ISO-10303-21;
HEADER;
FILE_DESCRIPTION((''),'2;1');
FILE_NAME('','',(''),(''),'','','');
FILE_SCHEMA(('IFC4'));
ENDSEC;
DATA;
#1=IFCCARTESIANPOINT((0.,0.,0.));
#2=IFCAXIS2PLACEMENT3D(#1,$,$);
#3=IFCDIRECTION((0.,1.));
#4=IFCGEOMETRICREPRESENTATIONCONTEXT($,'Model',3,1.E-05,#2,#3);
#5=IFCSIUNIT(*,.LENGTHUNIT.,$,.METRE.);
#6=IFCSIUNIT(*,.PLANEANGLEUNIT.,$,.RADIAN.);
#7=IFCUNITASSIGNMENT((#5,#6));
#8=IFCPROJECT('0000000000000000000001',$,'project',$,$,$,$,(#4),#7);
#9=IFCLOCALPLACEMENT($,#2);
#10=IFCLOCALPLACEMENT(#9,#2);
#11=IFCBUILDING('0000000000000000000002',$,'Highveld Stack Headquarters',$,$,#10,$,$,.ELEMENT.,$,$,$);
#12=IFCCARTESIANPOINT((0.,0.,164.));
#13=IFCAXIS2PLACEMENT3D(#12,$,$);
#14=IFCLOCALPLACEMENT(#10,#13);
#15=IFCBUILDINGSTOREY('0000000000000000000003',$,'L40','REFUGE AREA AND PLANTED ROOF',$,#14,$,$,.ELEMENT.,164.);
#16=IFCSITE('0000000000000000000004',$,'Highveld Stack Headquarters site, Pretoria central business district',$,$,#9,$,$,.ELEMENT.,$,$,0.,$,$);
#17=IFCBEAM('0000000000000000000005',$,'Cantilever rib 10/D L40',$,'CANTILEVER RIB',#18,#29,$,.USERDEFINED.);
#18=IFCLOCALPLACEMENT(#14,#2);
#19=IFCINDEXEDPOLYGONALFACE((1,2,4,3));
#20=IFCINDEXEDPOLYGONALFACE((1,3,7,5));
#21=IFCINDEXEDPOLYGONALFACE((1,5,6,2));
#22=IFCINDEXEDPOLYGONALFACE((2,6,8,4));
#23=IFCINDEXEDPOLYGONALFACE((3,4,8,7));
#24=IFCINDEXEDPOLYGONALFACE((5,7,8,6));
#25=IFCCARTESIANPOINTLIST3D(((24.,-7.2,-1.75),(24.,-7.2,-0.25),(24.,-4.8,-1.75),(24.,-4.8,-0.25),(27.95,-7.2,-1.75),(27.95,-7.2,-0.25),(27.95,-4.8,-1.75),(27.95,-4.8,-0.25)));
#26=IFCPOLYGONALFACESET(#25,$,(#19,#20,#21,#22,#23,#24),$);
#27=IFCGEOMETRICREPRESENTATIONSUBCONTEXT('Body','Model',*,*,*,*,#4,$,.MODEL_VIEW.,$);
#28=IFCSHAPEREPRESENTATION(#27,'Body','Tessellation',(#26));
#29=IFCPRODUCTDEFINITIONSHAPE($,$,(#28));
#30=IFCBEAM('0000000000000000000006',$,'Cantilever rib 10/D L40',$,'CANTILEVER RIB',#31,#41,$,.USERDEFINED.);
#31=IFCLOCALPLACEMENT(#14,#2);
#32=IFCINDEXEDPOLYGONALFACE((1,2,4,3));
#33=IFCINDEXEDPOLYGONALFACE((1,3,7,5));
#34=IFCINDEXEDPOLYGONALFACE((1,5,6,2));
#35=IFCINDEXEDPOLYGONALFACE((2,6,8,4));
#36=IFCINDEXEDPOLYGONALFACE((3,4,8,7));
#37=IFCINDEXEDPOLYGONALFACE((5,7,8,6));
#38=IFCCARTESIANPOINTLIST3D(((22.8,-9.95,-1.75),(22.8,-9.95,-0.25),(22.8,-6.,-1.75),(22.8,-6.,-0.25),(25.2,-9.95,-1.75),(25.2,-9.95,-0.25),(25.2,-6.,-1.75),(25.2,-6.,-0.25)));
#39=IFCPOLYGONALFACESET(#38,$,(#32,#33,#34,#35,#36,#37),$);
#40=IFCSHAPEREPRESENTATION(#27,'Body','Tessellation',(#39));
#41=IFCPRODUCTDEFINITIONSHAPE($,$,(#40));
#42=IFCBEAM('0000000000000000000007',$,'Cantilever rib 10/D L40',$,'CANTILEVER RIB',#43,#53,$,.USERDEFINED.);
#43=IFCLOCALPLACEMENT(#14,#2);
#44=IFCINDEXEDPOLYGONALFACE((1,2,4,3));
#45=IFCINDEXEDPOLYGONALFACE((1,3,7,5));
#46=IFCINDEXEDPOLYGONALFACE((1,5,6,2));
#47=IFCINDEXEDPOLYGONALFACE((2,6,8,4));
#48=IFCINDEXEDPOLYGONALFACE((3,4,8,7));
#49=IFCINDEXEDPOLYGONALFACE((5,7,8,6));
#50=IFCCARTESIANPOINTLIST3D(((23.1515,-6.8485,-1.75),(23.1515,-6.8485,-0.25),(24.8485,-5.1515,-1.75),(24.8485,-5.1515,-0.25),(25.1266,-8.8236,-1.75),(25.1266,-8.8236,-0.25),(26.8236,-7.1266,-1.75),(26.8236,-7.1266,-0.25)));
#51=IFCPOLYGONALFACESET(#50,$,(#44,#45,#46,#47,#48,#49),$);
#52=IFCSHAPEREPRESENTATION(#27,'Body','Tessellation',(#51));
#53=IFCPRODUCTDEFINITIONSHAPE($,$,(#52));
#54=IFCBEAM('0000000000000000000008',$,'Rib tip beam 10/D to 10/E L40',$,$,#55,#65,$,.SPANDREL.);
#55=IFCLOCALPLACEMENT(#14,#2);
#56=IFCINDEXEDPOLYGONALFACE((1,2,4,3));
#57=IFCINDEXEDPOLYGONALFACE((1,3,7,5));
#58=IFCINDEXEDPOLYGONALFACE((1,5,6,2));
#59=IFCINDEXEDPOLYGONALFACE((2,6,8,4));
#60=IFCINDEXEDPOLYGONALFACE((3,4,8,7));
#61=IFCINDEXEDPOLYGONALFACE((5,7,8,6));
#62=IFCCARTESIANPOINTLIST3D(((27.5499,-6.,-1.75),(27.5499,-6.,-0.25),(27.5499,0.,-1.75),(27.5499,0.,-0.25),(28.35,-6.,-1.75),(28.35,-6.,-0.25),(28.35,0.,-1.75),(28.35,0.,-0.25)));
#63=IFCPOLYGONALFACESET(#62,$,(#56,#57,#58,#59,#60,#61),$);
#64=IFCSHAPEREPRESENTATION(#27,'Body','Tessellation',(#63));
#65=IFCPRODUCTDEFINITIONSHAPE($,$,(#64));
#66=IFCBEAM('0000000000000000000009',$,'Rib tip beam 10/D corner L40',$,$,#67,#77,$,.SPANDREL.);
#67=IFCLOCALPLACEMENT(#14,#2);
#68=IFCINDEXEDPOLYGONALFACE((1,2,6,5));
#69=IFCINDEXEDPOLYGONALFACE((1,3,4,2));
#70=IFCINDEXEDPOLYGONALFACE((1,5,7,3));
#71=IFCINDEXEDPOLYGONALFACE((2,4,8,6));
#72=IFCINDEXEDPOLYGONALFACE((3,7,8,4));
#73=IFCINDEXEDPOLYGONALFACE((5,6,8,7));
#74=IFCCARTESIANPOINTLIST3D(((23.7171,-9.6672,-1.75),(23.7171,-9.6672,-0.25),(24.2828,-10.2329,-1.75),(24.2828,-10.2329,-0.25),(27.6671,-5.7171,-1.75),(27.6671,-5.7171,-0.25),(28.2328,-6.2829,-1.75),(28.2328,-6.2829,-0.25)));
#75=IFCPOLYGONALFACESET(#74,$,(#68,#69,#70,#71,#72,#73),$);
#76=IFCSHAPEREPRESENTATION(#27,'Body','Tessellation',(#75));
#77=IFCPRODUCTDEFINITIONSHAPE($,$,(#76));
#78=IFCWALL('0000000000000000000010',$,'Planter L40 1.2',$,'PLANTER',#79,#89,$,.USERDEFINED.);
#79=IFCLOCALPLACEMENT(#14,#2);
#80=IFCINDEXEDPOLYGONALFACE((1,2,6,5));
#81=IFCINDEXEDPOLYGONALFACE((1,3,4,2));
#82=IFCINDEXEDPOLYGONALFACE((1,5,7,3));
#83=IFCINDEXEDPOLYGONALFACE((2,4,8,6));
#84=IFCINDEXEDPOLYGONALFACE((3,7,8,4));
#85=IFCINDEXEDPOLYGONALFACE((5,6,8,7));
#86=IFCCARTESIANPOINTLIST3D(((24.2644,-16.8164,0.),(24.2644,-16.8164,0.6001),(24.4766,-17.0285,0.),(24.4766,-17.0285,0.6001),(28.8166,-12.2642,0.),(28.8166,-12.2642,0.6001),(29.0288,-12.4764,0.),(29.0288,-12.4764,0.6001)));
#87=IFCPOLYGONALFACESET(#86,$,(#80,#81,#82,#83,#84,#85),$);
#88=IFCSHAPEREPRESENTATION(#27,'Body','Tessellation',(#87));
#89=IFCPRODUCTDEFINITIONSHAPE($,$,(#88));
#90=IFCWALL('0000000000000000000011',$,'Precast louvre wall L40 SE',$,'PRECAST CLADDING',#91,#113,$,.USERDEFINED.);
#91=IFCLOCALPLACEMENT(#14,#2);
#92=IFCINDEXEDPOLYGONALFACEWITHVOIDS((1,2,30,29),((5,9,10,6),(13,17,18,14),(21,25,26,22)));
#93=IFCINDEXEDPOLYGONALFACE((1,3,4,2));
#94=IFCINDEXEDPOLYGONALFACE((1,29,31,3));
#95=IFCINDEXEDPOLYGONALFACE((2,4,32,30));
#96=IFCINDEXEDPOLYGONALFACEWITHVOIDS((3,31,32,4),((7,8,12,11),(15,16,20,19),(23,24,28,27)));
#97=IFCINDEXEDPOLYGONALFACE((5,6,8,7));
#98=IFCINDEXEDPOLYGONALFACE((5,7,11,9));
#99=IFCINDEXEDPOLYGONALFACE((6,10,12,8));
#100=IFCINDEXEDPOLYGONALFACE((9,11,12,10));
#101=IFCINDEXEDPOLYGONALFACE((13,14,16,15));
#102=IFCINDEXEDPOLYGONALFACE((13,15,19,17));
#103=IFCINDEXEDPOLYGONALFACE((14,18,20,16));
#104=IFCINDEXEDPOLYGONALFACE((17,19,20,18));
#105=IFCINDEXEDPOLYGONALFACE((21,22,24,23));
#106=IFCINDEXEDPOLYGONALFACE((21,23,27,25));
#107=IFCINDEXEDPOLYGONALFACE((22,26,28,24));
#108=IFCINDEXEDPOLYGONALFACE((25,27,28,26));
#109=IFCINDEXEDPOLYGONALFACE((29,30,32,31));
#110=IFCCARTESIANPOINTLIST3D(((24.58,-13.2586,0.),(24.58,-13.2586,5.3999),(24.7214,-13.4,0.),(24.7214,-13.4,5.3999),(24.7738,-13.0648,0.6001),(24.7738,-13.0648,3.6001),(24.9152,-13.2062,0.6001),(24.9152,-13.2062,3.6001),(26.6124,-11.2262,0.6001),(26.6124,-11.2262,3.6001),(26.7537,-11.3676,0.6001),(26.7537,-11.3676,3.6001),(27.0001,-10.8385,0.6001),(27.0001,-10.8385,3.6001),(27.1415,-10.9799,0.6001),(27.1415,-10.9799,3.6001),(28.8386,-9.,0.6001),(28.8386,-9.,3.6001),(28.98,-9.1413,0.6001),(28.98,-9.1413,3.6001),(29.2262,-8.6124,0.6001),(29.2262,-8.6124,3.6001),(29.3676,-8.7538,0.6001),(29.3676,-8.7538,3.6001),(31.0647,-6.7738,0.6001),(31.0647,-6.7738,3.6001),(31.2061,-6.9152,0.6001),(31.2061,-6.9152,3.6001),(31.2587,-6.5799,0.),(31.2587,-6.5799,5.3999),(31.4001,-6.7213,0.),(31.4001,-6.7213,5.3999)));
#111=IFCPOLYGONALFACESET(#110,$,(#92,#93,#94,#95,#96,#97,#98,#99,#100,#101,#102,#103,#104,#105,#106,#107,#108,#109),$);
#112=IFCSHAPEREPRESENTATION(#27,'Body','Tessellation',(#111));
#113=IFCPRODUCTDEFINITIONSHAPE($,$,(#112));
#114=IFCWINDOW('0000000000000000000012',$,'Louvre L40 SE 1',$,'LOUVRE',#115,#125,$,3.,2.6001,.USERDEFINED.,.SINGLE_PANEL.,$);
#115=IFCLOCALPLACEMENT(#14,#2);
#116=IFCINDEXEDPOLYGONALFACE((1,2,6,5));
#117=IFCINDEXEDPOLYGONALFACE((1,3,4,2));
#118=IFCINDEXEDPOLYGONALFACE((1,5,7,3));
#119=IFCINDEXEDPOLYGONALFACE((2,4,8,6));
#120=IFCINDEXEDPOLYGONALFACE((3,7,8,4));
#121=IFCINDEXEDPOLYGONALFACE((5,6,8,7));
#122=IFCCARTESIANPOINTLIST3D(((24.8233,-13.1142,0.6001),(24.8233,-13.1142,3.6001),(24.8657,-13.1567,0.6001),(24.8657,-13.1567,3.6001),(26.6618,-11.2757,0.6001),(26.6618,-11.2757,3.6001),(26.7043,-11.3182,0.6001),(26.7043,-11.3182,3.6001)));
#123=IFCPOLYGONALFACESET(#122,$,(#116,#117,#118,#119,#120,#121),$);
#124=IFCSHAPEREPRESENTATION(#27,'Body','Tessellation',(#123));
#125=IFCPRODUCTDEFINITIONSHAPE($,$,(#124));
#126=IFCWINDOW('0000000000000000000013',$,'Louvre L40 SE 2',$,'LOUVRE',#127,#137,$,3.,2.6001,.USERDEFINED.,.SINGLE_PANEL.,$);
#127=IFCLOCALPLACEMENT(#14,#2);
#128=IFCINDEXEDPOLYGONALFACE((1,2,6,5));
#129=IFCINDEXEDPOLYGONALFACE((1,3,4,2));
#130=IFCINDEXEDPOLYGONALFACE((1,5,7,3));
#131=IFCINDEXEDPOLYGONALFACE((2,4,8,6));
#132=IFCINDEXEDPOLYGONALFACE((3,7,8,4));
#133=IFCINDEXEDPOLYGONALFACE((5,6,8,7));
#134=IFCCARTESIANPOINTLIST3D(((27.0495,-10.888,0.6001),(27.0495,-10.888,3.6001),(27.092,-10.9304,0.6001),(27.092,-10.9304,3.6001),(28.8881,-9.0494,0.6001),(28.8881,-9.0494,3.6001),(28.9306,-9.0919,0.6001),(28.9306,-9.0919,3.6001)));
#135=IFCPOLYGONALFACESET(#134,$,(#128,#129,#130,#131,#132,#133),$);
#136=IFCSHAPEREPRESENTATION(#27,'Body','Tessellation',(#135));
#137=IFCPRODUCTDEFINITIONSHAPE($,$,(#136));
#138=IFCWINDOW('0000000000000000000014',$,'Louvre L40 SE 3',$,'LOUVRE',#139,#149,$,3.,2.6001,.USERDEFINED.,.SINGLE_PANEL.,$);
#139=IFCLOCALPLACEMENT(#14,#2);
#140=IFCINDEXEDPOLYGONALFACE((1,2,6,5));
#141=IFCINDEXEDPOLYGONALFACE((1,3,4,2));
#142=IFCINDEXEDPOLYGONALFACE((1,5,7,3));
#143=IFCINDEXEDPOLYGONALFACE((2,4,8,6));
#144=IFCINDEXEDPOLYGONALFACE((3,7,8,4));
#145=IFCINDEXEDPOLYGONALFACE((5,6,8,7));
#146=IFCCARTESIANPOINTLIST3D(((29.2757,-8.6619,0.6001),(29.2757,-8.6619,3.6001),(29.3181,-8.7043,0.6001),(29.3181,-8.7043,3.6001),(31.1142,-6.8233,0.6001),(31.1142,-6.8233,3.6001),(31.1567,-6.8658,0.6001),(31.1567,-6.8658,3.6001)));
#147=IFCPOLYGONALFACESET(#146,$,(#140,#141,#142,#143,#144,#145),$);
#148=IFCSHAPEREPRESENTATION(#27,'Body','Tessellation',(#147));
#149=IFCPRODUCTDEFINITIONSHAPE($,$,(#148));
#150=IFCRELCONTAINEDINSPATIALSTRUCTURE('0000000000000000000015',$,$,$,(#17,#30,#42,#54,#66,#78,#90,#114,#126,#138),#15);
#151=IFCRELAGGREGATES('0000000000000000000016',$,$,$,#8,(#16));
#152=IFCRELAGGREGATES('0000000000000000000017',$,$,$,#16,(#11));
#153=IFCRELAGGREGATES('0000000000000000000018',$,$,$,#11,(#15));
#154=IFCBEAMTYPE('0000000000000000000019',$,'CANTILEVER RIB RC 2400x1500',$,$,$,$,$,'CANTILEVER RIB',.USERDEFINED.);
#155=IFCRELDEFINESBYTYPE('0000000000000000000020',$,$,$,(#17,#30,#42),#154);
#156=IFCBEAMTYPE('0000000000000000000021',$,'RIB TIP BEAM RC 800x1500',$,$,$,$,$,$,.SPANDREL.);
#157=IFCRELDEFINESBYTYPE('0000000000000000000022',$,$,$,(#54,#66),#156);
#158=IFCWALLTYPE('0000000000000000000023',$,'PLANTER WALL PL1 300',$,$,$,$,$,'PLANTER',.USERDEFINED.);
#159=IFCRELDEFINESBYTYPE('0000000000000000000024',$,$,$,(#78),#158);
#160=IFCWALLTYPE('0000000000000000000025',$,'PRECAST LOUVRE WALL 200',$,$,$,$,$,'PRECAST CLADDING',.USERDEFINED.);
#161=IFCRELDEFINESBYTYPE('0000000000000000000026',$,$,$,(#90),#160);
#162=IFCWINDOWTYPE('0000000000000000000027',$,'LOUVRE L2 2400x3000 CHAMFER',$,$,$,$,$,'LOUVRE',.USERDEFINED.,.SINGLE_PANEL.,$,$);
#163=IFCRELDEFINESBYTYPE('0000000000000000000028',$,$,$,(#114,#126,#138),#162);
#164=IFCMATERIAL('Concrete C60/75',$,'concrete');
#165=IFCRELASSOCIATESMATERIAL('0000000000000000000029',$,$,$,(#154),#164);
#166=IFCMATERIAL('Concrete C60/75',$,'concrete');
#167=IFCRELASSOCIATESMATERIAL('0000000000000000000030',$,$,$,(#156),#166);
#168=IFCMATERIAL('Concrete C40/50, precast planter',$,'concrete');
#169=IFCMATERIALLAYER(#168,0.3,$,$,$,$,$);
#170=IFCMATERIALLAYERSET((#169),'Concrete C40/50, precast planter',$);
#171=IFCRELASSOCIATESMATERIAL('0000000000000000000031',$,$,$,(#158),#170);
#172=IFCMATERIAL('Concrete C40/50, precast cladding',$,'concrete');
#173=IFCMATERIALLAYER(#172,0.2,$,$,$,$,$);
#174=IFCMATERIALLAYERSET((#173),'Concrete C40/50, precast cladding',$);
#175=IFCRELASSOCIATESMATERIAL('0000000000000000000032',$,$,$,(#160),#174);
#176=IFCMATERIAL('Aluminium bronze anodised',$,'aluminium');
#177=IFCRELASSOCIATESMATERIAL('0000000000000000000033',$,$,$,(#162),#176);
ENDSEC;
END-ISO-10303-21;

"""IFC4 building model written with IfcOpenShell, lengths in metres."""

from ifc_helpers import new_model, si_unit, direction, frame, frame_2d, origin, origin_2d, place, context, subcontext, project, spatial, rectangle, extrude, material, layer, layer_set, material_profile, profile_set, type_object, element, fill, save


model = new_model("IFC4")

# Units and contexts
model_context = context("Model", 3, precision=1e-05, world=origin(), true_north=direction((0.0, 1.0)))
body_context = subcontext(model_context, "Body", "Model", "MODEL_VIEW")
ifc_project = project(units=[si_unit("LENGTHUNIT", "METRE"), si_unit("PLANEANGLEUNIT", "RADIAN")], contexts=[model_context])

# Site, building, storey
site_placement = place(None, origin())
site = spatial("IfcSite", under=ifc_project, at=site_placement, Name="Highveld Stack Headquarters site, Pretoria central business district", CompositionType="ELEMENT", RefElevation=0.0)
building_placement = place(site_placement, origin())
building = spatial("IfcBuilding", under=site, at=building_placement, Name="Highveld Stack Headquarters", CompositionType="ELEMENT")
storey_placement = place(building_placement, frame((0.0, 0.0, 164.0)))
storey = spatial("IfcBuildingStorey", under=building, at=storey_placement, Name="L40", Description="REFUGE AREA AND PLANTED ROOF", CompositionType="ELEMENT", Elevation=164.0)

# Beams
ifc_material_1 = material(Name="Concrete C60/75", Category="concrete")
ifc_material_profile_1 = material_profile(ifc_material_1, rectangle(XDim=2.3999, YDim=1.5, at=origin_2d()), Name="RC 2400x1500")
ifc_profile_set_1 = profile_set([ifc_material_profile_1], Name="Concrete C60/75")
beam_type_1 = type_object("IfcBeamType", Name="CANTILEVER RIB RC 2400x1500", ElementType="CANTILEVER RIB", PredefinedType="USERDEFINED", material=ifc_profile_set_1)
for number, where, z_axis, x_axis, name in (
    (1, (24.0, -6.0, -1.0), (1.0, 0.0, 0.0), (0.0, 1.0, 0.0), "Cantilever rib 10/D L40"),
    (2, (24.0, -6.0, -1.0), (0.0, -1.0, 0.0), (1.0, 0.0, 0.0), "Cantilever rib 10/D L40"),
):
    element("IfcBeam", number, at=place(storey_placement, frame(where, z_axis=z_axis, x_axis=x_axis)), inside=storey, type_object=beam_type_1, Name=name, ObjectType="CANTILEVER RIB", PredefinedType="USERDEFINED", context=body_context, shape_type="SweptSolid", body=[
        extrude(rectangle(XDim=2.3999, YDim=1.5, at=origin_2d()), origin(), (0.0, 0.0, 1.0), 3.95),
    ])
beam_1_placement = place(storey_placement, frame((24.0, -6.0, -1.0), z_axis=(0.707107, -0.707107, 0.0), x_axis=(0.707107, 0.707107, 0.0)))
element("IfcBeam", 3, at=beam_1_placement, inside=storey, type_object=beam_type_1, Name="Cantilever rib 10/D L40", ObjectType="CANTILEVER RIB", PredefinedType="USERDEFINED", context=body_context, shape_type="SweptSolid", body=[
    extrude(rectangle(XDim=2.3999, YDim=1.5, at=origin_2d()), origin(), (0.0, 0.0, 1.0), 2.7932),
])
ifc_material_2 = material(Name="Concrete C60/75", Category="concrete")
ifc_material_profile_2 = material_profile(ifc_material_2, rectangle(XDim=0.8, YDim=1.5, at=origin_2d()), Name="RC 800x1500")
ifc_profile_set_2 = profile_set([ifc_material_profile_2], Name="Concrete C60/75")
beam_type_2 = type_object("IfcBeamType", Name="RIB TIP BEAM RC 800x1500", PredefinedType="SPANDREL", material=ifc_profile_set_2)
beam_2_placement = place(storey_placement, frame((27.95, -6.0, -1.0), z_axis=(0.0, 1.0, 0.0), x_axis=(-1.0, 0.0, 0.0)))
element("IfcBeam", 4, at=beam_2_placement, inside=storey, type_object=beam_type_2, Name="Rib tip beam 10/D to 10/E L40", PredefinedType="SPANDREL", context=body_context, shape_type="SweptSolid", body=[
    extrude(rectangle(XDim=0.8, YDim=1.5, at=origin_2d()), origin(), (0.0, 0.0, 1.0), 6.0),
])
beam_3_placement = place(storey_placement, frame((27.95, -6.0, -1.0), z_axis=(-0.707107, -0.707107, 0.0), x_axis=(0.707107, -0.707107, 0.0)))
element("IfcBeam", 5, at=beam_3_placement, inside=storey, type_object=beam_type_2, Name="Rib tip beam 10/D corner L40", PredefinedType="SPANDREL", context=body_context, shape_type="SweptSolid", body=[
    extrude(rectangle(XDim=0.8, YDim=1.5, at=origin_2d()), origin(), (0.0, 0.0, 1.0), 5.5862),
])

# Wall
ifc_material_3 = material(Name="Concrete C40/50, precast planter", Category="concrete")
ifc_layer_1 = layer(ifc_material_3, 0.3)
ifc_layer_set_1 = layer_set([ifc_layer_1], Name="Concrete C40/50, precast planter")
wall_type_1 = type_object("IfcWallType", Name="PLANTER WALL PL1 300", ElementType="PLANTER", PredefinedType="USERDEFINED", material=ifc_layer_set_1)
wall_1_placement = place(storey_placement, frame((28.9226, -12.3704, 0.0), z_axis=(0.0, 0.0, 1.0), x_axis=(-0.707107, -0.707107, 0.0)))
element("IfcWall", 6, at=wall_1_placement, inside=storey, type_object=wall_type_1, Name="Planter L40 1.2", ObjectType="PLANTER", PredefinedType="USERDEFINED", context=body_context, shape_type="SweptSolid", body=[
    extrude(rectangle(XDim=6.4377, YDim=0.3, at=frame_2d((3.2188, 0.0))), origin(), (0.0, 0.0, 1.0), 0.6001),
])

# Wall, openings, windows
ifc_material_4 = material(Name="Concrete C40/50, precast cladding", Category="concrete")
ifc_layer_2 = layer(ifc_material_4, 0.2)
ifc_layer_set_2 = layer_set([ifc_layer_2], Name="Concrete C40/50, precast cladding")
wall_type_2 = type_object("IfcWallType", Name="PRECAST LOUVRE WALL 200", ElementType="PRECAST CLADDING", PredefinedType="USERDEFINED", material=ifc_layer_set_2)
wall_2_placement = place(storey_placement, frame((24.6506, -13.3293, 0.0), z_axis=(0.0, 0.0, 1.0), x_axis=(0.707107, 0.707107, 0.0)))
wall_2 = element("IfcWall", 7, at=wall_2_placement, inside=storey, type_object=wall_type_2, Name="Precast louvre wall L40 SE", ObjectType="PRECAST CLADDING", PredefinedType="USERDEFINED", context=body_context, shape_type="SweptSolid", body=[
    extrude(rectangle(XDim=9.4451, YDim=0.2, at=frame_2d((4.7227, 0.0))), origin(), (0.0, 0.0, 1.0), 5.3999),
])
opening_1_placement = place(wall_2_placement, frame((0.2742, 0.0, 0.6001)))
opening_1 = element("IfcOpeningElement", 8, at=opening_1_placement, cuts=wall_2, PredefinedType="OPENING", context=body_context, shape_type="SweptSolid", body=[
    extrude(rectangle(XDim=2.6001, YDim=3.0, at=frame_2d((1.3, 1.5))), frame((0.0, 0.1099, 0.0), z_axis=(0.0, -1.0, 0.0), x_axis=(1.0, 0.0, 0.0)), (0.0, 0.0, 1.0), 0.22),
])
opening_2_placement = place(wall_2_placement, frame((3.4226, 0.0, 0.6001)))
opening_2 = element("IfcOpeningElement", 9, at=opening_2_placement, cuts=wall_2, PredefinedType="OPENING", context=body_context, shape_type="SweptSolid", body=[
    extrude(rectangle(XDim=2.6001, YDim=3.0, at=frame_2d((1.3, 1.5))), frame((0.0, 0.1099, 0.0), z_axis=(0.0, -1.0, 0.0), x_axis=(1.0, 0.0, 0.0)), (0.0, 0.0, 1.0), 0.22),
])
opening_3_placement = place(wall_2_placement, frame((6.5708, 0.0, 0.6001)))
opening_3 = element("IfcOpeningElement", 10, at=opening_3_placement, cuts=wall_2, PredefinedType="OPENING", context=body_context, shape_type="SweptSolid", body=[
    extrude(rectangle(XDim=2.6001, YDim=3.0, at=frame_2d((1.3, 1.5))), frame((0.0, 0.1099, 0.0), z_axis=(0.0, -1.0, 0.0), x_axis=(1.0, 0.0, 0.0)), (0.0, 0.0, 1.0), 0.22),
])
ifc_material_5 = material(Name="Aluminium bronze anodised", Category="aluminium")
window_type_1 = type_object("IfcWindowType", Name="LOUVRE L2 2400x3000 CHAMFER", ElementType="LOUVRE", PartitioningType="SINGLE_PANEL", PredefinedType="USERDEFINED", material=ifc_material_5)
window_1_placement = place(opening_1_placement, origin())
window_1 = element("IfcWindow", 11, at=window_1_placement, inside=storey, type_object=window_type_1, Name="Louvre L40 SE 1", ObjectType="LOUVRE", OverallHeight=3.0, OverallWidth=2.6001, PartitioningType="SINGLE_PANEL", PredefinedType="USERDEFINED", context=body_context, shape_type="SweptSolid", body=[
    extrude(rectangle(XDim=2.6001, YDim=3.0, at=frame_2d((1.3, 1.5))), frame((0.0, 0.03, 0.0), z_axis=(0.0, -1.0, 0.0), x_axis=(1.0, 0.0, 0.0)), (0.0, 0.0, 1.0), 0.0601),
])
fill(opening_1, window_1)
window_2_placement = place(opening_2_placement, origin())
window_2 = element("IfcWindow", 12, at=window_2_placement, inside=storey, type_object=window_type_1, Name="Louvre L40 SE 2", ObjectType="LOUVRE", OverallHeight=3.0, OverallWidth=2.6001, PartitioningType="SINGLE_PANEL", PredefinedType="USERDEFINED", context=body_context, shape_type="SweptSolid", body=[
    extrude(rectangle(XDim=2.6001, YDim=3.0, at=frame_2d((1.3, 1.5))), frame((0.0, 0.03, 0.0), z_axis=(0.0, -1.0, 0.0), x_axis=(1.0, 0.0, 0.0)), (0.0, 0.0, 1.0), 0.0601),
])
fill(opening_2, window_2)
window_3_placement = place(opening_3_placement, origin())
window_3 = element("IfcWindow", 13, at=window_3_placement, inside=storey, type_object=window_type_1, Name="Louvre L40 SE 3", ObjectType="LOUVRE", OverallHeight=3.0, OverallWidth=2.6001, PartitioningType="SINGLE_PANEL", PredefinedType="USERDEFINED", context=body_context, shape_type="SweptSolid", body=[
    extrude(rectangle(XDim=2.6001, YDim=3.0, at=frame_2d((1.3, 1.5))), frame((0.0, 0.03, 0.0), z_axis=(0.0, -1.0, 0.0), x_axis=(1.0, 0.0, 0.0)), (0.0, 0.0, 1.0), 0.0601),
])
fill(opening_3, window_3)

save(model, "model.ifc")
